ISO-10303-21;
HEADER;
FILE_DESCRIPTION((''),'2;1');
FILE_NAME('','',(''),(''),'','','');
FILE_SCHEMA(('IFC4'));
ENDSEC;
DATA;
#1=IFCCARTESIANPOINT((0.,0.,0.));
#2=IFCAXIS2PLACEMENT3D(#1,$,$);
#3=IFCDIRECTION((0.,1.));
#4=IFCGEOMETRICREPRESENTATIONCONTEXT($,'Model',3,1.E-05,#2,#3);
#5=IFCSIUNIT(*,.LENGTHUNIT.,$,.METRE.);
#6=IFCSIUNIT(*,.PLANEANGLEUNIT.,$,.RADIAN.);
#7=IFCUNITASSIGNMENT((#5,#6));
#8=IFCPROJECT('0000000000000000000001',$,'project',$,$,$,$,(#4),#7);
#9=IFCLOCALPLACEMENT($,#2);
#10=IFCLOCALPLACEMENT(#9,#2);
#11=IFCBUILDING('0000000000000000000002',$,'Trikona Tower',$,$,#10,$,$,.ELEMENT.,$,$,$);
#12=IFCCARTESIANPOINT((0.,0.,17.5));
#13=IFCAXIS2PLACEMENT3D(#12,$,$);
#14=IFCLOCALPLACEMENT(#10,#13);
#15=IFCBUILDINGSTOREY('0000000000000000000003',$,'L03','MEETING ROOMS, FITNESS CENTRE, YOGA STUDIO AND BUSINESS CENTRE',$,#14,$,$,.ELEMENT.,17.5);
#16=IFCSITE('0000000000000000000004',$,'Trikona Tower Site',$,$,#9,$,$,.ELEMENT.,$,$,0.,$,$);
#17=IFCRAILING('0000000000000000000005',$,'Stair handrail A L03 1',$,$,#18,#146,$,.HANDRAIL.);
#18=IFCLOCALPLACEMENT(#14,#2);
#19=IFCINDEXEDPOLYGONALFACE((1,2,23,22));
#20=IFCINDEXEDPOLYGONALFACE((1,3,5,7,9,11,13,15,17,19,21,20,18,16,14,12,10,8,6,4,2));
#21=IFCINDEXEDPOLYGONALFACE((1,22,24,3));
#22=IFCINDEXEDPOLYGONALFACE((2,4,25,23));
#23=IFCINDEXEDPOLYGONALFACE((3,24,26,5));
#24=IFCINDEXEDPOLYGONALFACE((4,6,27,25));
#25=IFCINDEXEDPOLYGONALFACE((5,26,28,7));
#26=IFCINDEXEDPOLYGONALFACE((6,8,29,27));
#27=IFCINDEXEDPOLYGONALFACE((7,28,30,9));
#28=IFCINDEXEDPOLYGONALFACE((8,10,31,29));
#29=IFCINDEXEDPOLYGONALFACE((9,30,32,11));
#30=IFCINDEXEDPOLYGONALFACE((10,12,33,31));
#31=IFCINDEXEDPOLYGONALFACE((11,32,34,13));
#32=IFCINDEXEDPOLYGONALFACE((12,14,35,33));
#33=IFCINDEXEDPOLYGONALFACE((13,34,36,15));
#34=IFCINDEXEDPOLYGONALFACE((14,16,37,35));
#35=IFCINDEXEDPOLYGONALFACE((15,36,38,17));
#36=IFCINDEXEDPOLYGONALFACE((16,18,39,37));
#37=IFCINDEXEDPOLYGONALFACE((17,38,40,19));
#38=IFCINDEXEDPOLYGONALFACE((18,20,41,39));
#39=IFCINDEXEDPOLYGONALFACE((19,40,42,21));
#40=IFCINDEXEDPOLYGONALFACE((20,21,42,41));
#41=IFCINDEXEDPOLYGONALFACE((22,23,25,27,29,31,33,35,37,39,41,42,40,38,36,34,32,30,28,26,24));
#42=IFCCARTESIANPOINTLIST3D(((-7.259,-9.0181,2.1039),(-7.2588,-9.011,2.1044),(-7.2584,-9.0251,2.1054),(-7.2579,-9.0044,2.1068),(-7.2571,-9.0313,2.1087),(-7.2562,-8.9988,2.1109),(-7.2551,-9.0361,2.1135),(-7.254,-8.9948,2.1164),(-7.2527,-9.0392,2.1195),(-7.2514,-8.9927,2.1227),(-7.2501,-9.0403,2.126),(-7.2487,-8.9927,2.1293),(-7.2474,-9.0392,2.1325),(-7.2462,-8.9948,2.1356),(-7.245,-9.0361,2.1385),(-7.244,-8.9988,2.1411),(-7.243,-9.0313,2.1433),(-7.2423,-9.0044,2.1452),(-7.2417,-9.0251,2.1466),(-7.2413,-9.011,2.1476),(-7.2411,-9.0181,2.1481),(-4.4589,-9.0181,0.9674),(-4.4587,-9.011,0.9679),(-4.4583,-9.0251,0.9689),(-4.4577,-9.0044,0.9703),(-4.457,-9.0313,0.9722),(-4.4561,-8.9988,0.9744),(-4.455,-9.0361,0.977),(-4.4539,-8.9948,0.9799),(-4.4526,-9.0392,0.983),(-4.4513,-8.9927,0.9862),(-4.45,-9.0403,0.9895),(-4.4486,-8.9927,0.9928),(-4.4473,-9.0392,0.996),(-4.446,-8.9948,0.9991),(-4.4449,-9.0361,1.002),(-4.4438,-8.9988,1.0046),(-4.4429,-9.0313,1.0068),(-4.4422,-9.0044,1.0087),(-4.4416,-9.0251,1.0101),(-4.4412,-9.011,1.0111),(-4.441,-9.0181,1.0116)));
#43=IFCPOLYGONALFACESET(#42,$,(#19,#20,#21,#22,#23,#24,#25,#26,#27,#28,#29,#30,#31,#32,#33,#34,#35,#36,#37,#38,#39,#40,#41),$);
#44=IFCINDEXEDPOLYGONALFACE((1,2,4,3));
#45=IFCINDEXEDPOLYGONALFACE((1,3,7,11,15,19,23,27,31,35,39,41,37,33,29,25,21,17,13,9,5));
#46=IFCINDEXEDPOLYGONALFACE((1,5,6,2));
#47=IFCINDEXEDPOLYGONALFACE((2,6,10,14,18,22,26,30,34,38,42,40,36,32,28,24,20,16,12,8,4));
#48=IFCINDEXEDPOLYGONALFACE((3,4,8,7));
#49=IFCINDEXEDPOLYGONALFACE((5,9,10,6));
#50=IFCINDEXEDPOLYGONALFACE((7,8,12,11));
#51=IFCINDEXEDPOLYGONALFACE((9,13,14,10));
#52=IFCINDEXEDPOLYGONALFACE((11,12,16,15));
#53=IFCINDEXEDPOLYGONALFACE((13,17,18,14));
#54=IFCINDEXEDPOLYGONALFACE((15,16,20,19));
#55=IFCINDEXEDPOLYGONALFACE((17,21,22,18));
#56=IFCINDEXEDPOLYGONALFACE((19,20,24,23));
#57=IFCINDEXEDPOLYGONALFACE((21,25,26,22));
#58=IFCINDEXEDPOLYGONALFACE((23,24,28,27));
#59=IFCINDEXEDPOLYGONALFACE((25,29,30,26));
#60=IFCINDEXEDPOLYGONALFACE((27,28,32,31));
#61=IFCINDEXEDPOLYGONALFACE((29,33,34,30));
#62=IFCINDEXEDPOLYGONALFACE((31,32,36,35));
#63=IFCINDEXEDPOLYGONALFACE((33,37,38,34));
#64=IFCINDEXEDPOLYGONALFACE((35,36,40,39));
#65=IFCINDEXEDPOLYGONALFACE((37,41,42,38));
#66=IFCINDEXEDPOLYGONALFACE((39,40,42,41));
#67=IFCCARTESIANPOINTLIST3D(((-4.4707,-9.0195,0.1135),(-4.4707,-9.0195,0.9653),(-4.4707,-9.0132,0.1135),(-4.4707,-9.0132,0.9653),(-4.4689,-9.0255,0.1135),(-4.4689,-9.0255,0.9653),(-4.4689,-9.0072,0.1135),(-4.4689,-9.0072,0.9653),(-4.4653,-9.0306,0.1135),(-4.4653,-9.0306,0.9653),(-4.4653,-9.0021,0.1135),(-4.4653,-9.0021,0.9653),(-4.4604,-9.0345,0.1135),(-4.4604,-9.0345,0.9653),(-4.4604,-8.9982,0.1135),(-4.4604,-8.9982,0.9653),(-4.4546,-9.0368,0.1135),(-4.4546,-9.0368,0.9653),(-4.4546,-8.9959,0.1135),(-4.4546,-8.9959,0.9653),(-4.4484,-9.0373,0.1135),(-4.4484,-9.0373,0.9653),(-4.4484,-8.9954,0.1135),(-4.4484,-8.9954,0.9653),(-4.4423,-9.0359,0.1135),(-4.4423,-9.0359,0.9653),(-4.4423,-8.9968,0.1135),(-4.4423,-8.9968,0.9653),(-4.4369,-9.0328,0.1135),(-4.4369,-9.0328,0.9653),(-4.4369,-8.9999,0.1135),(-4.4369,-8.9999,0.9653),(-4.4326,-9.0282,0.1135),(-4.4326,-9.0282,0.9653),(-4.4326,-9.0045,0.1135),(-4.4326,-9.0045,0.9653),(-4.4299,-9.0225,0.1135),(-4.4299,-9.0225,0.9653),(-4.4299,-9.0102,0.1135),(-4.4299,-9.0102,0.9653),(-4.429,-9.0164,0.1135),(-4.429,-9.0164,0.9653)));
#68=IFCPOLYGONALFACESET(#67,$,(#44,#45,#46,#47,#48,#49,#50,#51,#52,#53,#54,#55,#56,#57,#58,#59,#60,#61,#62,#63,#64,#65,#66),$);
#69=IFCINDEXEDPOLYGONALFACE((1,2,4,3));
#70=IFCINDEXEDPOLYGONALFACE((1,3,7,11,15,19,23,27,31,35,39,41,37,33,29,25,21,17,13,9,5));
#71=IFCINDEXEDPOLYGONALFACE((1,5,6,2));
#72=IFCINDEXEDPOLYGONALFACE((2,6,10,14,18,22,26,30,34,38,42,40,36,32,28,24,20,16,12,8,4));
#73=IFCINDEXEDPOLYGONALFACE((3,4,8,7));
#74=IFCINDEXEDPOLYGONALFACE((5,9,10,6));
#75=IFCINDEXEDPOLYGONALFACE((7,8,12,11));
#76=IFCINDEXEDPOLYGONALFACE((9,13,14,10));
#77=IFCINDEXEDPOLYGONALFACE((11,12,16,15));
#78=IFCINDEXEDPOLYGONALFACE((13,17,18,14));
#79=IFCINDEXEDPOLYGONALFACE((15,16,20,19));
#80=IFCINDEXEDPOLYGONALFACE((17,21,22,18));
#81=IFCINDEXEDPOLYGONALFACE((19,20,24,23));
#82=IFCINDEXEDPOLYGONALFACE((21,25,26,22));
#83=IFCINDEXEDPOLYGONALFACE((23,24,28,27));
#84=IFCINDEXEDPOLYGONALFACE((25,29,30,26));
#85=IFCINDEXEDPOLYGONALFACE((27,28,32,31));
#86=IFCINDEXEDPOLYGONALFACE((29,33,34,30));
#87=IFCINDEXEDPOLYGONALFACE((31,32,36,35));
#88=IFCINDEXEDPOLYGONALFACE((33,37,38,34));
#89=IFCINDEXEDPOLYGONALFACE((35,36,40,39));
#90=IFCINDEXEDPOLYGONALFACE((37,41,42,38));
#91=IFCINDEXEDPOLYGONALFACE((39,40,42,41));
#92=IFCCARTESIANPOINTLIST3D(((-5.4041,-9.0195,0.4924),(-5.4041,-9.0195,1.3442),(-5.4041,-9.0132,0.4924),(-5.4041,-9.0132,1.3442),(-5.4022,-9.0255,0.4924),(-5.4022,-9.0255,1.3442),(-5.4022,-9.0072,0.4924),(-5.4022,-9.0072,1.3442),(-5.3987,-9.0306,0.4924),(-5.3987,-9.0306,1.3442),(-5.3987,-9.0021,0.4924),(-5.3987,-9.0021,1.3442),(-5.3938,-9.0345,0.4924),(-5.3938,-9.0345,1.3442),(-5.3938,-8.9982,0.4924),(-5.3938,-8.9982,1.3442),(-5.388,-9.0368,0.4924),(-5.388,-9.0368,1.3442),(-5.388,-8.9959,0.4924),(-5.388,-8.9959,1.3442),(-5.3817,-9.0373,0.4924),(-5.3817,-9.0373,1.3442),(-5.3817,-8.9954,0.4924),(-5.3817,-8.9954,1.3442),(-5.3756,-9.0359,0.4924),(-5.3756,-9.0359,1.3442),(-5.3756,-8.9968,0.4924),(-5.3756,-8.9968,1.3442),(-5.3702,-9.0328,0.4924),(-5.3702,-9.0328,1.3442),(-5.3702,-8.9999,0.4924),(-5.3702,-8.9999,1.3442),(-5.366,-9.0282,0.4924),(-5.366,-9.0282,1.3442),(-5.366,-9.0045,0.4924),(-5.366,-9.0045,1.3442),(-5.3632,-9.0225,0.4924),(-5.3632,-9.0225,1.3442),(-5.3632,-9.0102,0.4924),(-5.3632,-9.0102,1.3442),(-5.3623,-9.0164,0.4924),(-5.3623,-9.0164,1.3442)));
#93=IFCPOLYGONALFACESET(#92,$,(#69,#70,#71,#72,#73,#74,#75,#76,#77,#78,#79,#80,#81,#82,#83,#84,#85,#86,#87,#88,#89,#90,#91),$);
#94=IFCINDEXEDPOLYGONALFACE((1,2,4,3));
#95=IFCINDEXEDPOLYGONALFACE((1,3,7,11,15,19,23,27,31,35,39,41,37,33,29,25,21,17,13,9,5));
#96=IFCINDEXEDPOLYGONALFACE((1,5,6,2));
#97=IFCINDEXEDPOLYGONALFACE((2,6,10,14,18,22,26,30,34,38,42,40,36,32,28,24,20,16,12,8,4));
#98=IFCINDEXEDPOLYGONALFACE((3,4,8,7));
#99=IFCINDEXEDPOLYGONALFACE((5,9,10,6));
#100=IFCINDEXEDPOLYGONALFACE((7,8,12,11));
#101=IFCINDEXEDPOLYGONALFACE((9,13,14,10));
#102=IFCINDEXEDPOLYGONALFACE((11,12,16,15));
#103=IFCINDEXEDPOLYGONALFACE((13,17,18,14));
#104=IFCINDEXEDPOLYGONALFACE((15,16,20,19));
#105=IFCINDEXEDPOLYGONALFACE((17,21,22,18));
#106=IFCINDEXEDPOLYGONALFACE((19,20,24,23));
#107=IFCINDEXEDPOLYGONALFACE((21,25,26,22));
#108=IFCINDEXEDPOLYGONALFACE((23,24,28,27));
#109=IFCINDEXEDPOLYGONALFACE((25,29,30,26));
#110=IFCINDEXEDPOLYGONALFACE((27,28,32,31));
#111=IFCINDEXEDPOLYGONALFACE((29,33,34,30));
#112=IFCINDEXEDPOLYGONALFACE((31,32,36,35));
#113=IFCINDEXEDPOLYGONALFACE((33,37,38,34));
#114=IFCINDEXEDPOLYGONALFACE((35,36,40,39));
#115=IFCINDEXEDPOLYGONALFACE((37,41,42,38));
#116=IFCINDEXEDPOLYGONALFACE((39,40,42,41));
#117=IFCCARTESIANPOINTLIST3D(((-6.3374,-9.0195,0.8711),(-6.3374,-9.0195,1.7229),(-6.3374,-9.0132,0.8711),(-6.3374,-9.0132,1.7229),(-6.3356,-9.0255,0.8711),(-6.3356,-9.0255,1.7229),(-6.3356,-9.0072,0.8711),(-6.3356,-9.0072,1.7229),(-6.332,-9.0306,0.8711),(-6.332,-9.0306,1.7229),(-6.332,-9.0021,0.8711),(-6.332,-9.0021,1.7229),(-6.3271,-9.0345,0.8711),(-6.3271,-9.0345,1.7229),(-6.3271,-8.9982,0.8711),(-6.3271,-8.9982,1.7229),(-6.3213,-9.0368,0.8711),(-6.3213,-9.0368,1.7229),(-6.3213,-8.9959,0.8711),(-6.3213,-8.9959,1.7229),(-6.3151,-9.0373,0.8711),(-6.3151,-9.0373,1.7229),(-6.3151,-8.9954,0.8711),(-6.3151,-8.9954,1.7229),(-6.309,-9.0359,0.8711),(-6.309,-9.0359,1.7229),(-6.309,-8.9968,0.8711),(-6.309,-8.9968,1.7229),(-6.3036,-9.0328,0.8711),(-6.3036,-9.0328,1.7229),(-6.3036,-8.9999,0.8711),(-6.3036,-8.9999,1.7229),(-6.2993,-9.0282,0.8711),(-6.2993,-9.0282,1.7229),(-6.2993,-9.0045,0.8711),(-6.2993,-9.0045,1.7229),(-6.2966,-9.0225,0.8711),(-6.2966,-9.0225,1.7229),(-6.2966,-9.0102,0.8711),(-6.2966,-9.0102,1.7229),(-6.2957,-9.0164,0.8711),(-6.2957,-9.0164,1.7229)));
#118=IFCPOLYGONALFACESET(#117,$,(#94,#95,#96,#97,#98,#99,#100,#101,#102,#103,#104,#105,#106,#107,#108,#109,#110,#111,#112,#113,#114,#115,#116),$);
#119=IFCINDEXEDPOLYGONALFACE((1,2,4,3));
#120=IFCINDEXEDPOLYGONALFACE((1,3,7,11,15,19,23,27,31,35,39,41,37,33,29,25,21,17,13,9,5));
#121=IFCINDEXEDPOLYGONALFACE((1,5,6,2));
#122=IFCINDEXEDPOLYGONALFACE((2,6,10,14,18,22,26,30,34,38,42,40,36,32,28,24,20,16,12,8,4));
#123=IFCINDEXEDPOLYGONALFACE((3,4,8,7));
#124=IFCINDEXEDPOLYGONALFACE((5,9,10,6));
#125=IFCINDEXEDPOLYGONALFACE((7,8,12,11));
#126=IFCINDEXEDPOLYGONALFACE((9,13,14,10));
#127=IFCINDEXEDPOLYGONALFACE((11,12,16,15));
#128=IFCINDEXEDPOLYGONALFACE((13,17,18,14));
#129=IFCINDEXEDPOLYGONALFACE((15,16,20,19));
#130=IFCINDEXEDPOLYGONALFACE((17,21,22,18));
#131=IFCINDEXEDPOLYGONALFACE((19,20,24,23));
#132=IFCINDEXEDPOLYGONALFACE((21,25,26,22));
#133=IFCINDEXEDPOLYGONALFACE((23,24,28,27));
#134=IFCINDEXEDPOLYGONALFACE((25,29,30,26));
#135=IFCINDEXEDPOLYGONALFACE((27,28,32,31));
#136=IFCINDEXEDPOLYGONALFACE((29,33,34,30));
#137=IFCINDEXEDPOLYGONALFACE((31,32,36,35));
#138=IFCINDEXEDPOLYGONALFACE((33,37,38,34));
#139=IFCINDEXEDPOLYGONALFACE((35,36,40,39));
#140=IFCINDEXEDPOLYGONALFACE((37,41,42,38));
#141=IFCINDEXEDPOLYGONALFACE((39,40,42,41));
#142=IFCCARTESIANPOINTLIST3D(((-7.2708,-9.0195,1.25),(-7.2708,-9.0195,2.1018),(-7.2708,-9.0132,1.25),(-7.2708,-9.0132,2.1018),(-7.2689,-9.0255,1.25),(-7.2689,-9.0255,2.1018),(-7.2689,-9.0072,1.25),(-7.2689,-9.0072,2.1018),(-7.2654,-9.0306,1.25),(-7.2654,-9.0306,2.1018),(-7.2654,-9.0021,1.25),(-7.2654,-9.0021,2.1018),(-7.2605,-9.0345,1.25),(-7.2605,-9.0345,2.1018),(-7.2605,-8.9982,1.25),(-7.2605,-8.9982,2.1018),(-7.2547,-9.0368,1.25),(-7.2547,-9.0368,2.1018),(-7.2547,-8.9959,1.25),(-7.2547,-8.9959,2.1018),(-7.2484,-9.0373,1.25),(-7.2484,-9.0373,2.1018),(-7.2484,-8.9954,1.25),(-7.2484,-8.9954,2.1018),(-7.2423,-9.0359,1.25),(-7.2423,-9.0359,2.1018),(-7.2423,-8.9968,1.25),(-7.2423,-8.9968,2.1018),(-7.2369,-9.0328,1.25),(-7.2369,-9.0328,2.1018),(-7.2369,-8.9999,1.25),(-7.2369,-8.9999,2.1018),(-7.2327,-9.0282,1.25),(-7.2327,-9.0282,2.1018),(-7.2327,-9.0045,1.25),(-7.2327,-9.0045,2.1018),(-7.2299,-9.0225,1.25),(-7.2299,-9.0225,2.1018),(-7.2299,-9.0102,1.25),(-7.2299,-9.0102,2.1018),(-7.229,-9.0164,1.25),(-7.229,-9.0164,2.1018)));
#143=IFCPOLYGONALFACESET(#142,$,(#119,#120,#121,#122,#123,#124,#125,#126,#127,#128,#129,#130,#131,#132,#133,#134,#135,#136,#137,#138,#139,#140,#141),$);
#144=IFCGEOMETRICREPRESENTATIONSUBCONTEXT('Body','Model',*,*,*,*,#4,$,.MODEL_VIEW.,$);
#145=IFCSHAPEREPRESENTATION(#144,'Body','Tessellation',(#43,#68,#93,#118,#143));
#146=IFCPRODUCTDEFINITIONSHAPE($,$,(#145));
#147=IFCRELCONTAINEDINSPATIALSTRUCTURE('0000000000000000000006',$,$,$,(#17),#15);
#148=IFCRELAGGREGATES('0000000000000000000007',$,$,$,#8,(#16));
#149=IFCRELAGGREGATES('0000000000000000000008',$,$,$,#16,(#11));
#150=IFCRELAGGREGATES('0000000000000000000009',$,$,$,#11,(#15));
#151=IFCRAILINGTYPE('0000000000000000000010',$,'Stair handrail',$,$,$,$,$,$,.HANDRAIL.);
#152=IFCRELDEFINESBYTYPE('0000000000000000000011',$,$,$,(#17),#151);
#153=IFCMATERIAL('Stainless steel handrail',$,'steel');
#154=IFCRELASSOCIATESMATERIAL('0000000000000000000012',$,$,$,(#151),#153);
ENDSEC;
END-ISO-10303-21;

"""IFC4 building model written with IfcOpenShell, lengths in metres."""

from ifc_helpers import new_model, si_unit, direction, frame, origin, origin_2d, place, context, subcontext, project, spatial, circle, extrude, material, type_object, element, save


model = new_model("IFC4")

# Units and contexts
model_context = context("Model", 3, precision=1e-05, world=origin(), true_north=direction((0.0, 1.0)))
body_context = subcontext(model_context, "Body", "Model", "MODEL_VIEW")
ifc_project = project(units=[si_unit("LENGTHUNIT", "METRE"), si_unit("PLANEANGLEUNIT", "RADIAN")], contexts=[model_context])

# Site, building, storey
site_placement = place(None, origin())
site = spatial("IfcSite", under=ifc_project, at=site_placement, Name="Trikona Tower Site", CompositionType="ELEMENT", RefElevation=0.0)
building_placement = place(site_placement, origin())
building = spatial("IfcBuilding", under=site, at=building_placement, Name="Trikona Tower", CompositionType="ELEMENT")
storey_placement = place(building_placement, frame((0.0, 0.0, 17.5)))
storey = spatial("IfcBuildingStorey", under=building, at=storey_placement, Name="L03", Description="MEETING ROOMS, FITNESS CENTRE, YOGA STUDIO AND BUSINESS CENTRE", CompositionType="ELEMENT", Elevation=17.5)

# Railing
ifc_material_1 = material(Name="Stainless steel handrail", Category="steel")
railing_type = type_object("IfcRailingType", Name="Stair handrail", PredefinedType="HANDRAIL", material=ifc_material_1)
railing_1_placement = place(storey_placement, frame((-4.45, -9.0164, 0.1135)))
element("IfcRailing", 1, at=railing_1_placement, inside=storey, type_object=railing_type, Name="Stair handrail A L03 1", PredefinedType="HANDRAIL", context=body_context, shape_type="SweptSolid", body=[
    extrude(circle(Radius=0.0239, at=origin_2d()), frame((0.0, 0.0, 0.876), z_axis=(-0.926587, 0.0, 0.37608), x_axis=(0.0, -1.0, 0.0)), (0.0, 0.0, 1.0), 3.022),
    extrude(circle(Radius=0.021, at=origin_2d()), origin(), (0.0, 0.0, 1.0), 0.8518),
    extrude(circle(Radius=0.021, at=origin_2d()), frame((-0.9333, 0.0, 0.3789)), (0.0, 0.0, 1.0), 0.8518),
    extrude(circle(Radius=0.021, at=origin_2d()), frame((-1.8667, 0.0, 0.7576)), (0.0, 0.0, 1.0), 0.8518),
    extrude(circle(Radius=0.021, at=origin_2d()), frame((-2.8, 0.0, 1.1365)), (0.0, 0.0, 1.0), 0.8518),
])

save(model, "model.ifc")
